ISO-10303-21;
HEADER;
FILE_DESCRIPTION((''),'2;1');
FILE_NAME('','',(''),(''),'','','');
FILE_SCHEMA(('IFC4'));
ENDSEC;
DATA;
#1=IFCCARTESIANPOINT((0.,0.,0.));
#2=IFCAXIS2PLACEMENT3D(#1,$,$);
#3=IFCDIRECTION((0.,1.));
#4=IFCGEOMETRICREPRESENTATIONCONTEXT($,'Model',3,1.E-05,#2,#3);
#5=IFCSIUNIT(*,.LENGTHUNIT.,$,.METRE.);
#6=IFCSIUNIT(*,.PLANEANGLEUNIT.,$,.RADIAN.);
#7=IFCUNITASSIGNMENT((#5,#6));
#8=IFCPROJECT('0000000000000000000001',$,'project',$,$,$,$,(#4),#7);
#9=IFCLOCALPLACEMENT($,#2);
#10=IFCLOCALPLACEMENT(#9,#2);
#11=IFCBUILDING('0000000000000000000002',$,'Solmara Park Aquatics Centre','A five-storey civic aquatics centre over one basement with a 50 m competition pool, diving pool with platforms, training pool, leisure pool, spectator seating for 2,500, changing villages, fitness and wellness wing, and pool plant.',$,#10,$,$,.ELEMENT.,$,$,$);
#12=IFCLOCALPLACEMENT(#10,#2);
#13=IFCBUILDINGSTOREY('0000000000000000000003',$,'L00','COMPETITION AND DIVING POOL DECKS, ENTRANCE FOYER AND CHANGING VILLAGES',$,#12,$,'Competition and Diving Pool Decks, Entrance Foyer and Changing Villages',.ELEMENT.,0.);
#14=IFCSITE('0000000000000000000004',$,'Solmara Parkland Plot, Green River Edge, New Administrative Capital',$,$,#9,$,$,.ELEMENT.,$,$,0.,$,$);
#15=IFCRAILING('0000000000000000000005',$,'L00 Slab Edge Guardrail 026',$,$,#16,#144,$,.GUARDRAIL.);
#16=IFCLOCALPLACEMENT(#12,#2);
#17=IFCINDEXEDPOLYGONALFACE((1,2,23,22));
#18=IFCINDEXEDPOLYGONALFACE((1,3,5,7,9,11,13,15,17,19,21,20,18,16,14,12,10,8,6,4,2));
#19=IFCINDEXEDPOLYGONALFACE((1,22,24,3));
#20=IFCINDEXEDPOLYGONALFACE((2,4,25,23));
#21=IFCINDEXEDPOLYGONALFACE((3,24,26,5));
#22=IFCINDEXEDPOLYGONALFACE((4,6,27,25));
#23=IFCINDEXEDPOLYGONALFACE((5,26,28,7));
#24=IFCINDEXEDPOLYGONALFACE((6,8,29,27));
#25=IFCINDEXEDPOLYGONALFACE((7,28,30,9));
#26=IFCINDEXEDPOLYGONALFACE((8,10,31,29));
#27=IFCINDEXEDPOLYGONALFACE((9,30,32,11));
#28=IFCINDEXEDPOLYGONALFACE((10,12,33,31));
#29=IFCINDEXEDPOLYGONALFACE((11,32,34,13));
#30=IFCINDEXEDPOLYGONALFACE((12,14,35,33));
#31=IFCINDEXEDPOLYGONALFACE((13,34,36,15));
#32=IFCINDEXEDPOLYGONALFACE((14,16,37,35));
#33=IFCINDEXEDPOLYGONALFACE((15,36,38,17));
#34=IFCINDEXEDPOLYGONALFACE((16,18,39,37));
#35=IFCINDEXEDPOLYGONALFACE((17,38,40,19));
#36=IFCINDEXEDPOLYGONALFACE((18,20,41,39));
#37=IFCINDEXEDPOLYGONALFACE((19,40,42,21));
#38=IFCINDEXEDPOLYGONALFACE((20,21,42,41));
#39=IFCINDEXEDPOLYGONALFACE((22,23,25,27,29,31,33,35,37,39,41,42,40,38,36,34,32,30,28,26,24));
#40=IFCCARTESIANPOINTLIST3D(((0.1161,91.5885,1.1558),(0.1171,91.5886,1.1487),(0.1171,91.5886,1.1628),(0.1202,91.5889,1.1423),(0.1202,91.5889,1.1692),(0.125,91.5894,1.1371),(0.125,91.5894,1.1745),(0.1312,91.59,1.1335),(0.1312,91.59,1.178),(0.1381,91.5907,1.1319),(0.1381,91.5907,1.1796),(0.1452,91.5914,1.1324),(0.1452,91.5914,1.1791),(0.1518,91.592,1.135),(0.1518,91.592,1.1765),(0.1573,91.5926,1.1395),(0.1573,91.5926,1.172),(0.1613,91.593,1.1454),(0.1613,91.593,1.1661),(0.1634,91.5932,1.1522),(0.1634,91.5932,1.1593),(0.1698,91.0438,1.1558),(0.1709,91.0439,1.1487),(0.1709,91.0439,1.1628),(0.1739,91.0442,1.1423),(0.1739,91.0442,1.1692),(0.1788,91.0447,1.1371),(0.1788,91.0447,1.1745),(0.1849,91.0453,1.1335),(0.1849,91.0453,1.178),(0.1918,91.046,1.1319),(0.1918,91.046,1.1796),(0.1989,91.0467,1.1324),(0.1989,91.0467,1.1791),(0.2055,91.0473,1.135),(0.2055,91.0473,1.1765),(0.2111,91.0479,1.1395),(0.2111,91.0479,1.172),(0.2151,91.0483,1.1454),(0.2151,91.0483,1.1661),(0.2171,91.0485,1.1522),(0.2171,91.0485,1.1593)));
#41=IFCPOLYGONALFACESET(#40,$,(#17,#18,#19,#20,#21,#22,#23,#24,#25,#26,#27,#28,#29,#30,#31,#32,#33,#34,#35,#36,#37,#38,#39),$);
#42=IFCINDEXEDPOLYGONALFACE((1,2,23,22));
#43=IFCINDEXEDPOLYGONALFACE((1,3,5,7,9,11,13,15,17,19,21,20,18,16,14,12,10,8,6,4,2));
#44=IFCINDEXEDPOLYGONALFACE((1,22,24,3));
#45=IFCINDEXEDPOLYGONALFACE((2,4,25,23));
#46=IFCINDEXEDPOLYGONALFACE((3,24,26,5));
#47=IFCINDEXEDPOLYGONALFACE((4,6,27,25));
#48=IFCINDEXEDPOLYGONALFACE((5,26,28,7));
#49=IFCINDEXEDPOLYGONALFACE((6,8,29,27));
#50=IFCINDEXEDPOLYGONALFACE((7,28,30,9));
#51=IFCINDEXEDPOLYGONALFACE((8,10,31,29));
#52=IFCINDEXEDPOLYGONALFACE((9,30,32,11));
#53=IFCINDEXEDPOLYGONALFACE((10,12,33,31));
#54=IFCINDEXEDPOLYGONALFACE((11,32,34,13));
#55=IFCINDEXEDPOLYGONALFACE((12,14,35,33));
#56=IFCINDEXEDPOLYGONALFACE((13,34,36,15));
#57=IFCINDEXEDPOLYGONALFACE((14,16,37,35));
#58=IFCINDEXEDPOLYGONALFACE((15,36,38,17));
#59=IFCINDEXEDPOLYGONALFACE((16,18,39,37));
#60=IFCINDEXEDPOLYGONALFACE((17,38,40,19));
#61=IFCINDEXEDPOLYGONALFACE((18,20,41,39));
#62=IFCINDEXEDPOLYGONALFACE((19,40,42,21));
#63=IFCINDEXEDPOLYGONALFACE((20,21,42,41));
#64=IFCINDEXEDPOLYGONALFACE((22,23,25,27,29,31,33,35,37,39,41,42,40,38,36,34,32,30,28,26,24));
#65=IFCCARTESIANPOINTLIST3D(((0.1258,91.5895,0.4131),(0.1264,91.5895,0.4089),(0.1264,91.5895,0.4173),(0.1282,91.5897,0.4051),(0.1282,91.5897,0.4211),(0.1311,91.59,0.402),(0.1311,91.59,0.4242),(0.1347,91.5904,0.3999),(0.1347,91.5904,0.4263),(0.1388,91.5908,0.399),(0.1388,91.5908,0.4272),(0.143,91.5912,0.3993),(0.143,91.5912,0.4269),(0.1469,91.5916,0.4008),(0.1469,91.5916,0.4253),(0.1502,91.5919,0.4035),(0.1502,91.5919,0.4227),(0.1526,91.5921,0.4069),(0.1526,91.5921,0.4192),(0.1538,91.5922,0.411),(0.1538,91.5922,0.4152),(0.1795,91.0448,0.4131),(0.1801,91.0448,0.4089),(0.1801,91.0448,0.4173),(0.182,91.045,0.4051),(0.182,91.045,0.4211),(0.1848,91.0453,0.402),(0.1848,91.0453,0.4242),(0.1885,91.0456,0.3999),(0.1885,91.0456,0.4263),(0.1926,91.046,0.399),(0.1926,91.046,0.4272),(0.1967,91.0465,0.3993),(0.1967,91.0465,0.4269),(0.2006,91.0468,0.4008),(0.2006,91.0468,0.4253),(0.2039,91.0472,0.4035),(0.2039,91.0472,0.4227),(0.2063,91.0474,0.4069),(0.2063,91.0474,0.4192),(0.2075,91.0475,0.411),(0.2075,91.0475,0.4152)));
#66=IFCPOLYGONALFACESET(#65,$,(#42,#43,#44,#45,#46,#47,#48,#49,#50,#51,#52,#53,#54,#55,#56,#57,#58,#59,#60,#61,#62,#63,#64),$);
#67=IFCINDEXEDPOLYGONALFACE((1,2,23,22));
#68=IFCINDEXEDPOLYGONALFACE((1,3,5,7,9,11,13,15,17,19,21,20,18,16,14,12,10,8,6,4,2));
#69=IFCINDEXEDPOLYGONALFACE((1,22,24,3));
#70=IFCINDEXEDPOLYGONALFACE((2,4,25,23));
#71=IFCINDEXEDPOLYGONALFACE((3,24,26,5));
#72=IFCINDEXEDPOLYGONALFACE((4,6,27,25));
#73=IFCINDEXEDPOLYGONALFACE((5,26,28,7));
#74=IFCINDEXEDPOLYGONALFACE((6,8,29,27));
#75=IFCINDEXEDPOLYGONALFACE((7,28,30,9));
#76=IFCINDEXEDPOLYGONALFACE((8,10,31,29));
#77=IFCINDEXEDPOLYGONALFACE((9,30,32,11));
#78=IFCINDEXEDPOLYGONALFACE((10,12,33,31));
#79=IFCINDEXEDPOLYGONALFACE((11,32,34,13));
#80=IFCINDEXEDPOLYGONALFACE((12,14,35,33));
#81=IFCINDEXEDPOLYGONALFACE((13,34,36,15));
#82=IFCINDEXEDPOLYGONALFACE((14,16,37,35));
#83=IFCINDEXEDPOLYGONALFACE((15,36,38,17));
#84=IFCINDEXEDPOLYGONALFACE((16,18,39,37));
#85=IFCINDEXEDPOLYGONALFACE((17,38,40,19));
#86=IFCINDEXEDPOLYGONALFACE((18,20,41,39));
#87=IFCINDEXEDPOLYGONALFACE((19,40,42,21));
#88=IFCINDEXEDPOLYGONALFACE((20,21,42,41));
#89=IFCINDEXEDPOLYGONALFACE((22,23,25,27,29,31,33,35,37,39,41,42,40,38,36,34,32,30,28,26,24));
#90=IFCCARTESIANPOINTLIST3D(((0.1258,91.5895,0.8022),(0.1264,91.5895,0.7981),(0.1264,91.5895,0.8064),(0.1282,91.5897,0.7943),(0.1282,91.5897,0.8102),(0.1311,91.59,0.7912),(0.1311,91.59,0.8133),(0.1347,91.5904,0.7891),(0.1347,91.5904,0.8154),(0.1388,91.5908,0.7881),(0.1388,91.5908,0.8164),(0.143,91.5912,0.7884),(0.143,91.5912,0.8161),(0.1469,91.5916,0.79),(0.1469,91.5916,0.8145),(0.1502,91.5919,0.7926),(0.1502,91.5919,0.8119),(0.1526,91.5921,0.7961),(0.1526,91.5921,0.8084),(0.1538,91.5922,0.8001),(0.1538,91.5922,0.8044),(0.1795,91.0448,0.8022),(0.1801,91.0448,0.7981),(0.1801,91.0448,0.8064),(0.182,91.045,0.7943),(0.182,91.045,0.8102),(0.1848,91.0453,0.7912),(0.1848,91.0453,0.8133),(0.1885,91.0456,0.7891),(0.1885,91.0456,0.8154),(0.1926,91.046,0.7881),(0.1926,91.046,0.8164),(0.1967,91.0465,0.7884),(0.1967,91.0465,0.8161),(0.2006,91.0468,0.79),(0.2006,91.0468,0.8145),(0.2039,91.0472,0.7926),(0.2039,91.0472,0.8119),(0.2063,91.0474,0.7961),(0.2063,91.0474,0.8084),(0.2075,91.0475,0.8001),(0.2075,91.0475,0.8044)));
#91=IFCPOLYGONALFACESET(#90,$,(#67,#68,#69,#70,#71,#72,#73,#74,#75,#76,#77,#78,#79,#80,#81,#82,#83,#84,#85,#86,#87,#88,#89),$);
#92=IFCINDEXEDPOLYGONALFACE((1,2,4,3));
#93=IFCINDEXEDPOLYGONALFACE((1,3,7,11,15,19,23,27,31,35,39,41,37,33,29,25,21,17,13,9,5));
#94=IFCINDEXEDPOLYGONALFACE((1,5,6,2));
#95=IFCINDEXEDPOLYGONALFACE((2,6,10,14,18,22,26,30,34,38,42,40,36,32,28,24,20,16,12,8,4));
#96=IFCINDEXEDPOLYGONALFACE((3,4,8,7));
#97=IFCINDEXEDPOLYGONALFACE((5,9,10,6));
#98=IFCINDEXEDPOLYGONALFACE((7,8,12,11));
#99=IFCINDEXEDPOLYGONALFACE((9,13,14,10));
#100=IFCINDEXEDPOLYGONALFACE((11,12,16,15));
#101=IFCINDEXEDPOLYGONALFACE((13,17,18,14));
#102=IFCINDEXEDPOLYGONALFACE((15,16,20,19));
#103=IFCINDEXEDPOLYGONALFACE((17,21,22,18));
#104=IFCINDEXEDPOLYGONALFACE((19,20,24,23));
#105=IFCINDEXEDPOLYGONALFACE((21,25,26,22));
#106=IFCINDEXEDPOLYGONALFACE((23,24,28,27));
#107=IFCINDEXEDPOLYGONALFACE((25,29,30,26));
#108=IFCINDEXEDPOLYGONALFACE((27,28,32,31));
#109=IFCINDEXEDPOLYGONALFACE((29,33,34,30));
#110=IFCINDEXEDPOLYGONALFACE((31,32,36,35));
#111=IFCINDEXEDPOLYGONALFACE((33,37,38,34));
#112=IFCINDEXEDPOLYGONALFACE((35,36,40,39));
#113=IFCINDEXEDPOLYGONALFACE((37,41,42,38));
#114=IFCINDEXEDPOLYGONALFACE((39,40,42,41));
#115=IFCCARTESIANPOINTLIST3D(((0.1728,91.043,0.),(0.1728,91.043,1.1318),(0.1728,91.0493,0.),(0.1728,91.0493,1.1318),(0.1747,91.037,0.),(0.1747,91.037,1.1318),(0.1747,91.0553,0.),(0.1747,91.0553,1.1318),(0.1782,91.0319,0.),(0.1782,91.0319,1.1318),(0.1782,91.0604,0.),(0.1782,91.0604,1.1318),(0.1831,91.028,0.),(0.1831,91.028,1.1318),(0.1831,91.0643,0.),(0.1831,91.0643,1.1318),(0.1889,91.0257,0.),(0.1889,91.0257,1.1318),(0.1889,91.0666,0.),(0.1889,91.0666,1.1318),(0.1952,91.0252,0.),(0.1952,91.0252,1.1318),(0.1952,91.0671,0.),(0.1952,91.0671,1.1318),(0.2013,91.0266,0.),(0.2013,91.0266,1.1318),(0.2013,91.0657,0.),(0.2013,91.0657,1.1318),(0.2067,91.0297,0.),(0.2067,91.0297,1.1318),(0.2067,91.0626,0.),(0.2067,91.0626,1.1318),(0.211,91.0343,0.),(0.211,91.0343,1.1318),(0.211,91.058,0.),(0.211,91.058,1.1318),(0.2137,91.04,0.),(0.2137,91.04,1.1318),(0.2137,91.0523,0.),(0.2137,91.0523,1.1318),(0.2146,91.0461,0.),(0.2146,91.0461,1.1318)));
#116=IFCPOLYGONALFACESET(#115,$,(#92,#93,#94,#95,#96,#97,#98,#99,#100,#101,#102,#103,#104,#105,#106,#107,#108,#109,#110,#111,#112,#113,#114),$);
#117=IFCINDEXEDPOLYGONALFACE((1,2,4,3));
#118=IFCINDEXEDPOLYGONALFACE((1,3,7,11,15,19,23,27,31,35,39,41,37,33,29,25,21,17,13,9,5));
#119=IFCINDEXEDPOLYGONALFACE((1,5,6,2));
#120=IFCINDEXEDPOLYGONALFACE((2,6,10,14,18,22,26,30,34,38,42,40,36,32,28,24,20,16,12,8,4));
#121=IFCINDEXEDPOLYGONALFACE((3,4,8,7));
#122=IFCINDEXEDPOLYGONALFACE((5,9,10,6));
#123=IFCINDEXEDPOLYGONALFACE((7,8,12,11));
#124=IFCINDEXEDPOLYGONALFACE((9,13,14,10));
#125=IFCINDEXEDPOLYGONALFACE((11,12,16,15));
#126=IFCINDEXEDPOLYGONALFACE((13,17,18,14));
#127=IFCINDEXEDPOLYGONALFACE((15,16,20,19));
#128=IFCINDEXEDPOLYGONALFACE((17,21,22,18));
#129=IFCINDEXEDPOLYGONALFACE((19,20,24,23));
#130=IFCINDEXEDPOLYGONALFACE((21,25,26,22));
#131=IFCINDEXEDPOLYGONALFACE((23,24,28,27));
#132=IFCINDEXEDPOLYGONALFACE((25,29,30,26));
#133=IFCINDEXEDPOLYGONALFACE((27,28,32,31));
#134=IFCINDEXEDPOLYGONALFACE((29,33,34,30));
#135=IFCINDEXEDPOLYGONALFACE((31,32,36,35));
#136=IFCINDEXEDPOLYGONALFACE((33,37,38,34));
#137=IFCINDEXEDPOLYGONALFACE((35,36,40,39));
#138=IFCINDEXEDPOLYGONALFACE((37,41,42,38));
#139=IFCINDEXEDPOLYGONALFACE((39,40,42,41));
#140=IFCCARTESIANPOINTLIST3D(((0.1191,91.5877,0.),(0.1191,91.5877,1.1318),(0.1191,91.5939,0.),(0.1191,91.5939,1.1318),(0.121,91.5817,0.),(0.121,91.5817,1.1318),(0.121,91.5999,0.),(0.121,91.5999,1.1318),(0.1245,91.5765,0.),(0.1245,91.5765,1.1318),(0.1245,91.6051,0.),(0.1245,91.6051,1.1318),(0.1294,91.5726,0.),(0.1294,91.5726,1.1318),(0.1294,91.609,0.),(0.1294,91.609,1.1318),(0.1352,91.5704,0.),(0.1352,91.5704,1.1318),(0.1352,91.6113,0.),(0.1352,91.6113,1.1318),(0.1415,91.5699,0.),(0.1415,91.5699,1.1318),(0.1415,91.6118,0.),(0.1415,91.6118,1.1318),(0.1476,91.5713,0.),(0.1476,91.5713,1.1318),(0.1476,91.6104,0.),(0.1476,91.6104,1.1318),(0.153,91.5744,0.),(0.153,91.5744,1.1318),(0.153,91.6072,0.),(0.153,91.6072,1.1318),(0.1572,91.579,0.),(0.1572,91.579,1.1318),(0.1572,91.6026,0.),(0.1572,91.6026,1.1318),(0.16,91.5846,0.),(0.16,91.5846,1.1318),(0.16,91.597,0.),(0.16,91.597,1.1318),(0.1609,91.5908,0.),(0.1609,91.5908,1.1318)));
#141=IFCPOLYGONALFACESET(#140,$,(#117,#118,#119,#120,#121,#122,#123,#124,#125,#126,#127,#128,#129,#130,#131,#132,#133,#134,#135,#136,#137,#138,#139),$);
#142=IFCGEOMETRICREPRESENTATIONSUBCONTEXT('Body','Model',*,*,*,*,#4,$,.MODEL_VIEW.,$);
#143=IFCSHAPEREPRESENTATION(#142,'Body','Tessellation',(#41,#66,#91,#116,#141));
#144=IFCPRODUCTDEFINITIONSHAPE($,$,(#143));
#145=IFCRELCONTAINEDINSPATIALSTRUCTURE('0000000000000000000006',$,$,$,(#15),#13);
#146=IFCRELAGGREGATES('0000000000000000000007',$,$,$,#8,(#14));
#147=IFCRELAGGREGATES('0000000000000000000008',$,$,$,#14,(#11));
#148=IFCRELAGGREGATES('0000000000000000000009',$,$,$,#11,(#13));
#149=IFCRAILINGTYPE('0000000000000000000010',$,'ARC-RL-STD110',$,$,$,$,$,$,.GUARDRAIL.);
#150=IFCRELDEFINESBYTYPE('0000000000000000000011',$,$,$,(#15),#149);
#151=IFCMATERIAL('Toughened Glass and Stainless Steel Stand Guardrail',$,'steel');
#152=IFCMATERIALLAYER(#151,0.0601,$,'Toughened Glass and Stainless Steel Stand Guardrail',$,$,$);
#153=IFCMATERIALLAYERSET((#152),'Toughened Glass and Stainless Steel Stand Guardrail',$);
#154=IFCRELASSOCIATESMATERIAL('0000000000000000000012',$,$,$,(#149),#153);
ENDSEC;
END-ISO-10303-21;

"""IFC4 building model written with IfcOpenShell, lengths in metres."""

from ifc_helpers import new_model, si_unit, direction, frame, origin, origin_2d, place, context, subcontext, project, spatial, circle, extrude, material, layer, layer_set, type_object, element, save


model = new_model("IFC4")

# Units and contexts
model_context = context("Model", 3, precision=1e-05, world=origin(), true_north=direction((0.0, 1.0)))
body_context = subcontext(model_context, "Body", "Model", "MODEL_VIEW")
ifc_project = project(units=[si_unit("LENGTHUNIT", "METRE"), si_unit("PLANEANGLEUNIT", "RADIAN")], contexts=[model_context])

# Site, building, storey
site_placement = place(None, origin())
site = spatial("IfcSite", under=ifc_project, at=site_placement, Name="Solmara Parkland Plot, Green River Edge, New Administrative Capital", CompositionType="ELEMENT", RefElevation=0.0)
building_placement = place(site_placement, origin())
building = spatial("IfcBuilding", under=site, at=building_placement, Name="Solmara Park Aquatics Centre", Description="A five-storey civic aquatics centre over one basement with a 50 m competition pool, diving pool with platforms, training pool, leisure pool, spectator seating for 2,500, changing villages, fitness and wellness wing, and pool plant.", CompositionType="ELEMENT")
storey_placement = place(building_placement, origin())
storey = spatial("IfcBuildingStorey", under=building, at=storey_placement, Name="L00", Description="COMPETITION AND DIVING POOL DECKS, ENTRANCE FOYER AND CHANGING VILLAGES", LongName="Competition and Diving Pool Decks, Entrance Foyer and Changing Villages", CompositionType="ELEMENT", Elevation=0.0)

# Railing
ifc_material_1 = material(Name="Toughened Glass and Stainless Steel Stand Guardrail", Category="steel")
ifc_layer_1 = layer(ifc_material_1, 0.0601, Name="Toughened Glass and Stainless Steel Stand Guardrail")
ifc_layer_set_1 = layer_set([ifc_layer_1], Name="Toughened Glass and Stainless Steel Stand Guardrail")
railing_type_1 = type_object("IfcRailingType", Name="ARC-RL-STD110", PredefinedType="GUARDRAIL", material=ifc_layer_set_1)
railing_1_placement = place(storey_placement, frame((0.1936, 91.0461, 0.0)))
element("IfcRailing", 1, at=railing_1_placement, inside=storey, type_object=railing_type_1, Name="L00 Slab Edge Guardrail 026", PredefinedType="GUARDRAIL", context=body_context, shape_type="SweptSolid", body=[
    extrude(circle(Radius=0.0239, at=origin_2d()), frame((0.0, 0.0, 1.1558), z_axis=(-0.098135, 0.995173, 0.0), x_axis=(-0.995173, -0.098135, 0.0)), (0.0, 0.0, 1.0), 0.5474),
    extrude(circle(Radius=0.0142, at=origin_2d()), frame((0.0, 0.0, 0.4131), z_axis=(-0.098135, 0.995173, 0.0), x_axis=(-0.995173, -0.098135, 0.0)), (0.0, 0.0, 1.0), 0.5474),
    extrude(circle(Radius=0.0142, at=origin_2d()), frame((0.0, 0.0, 0.8022), z_axis=(-0.098135, 0.995173, 0.0), x_axis=(-0.995173, -0.098135, 0.0)), (0.0, 0.0, 1.0), 0.5474),
    extrude(circle(Radius=0.021, at=origin_2d()), origin(), (0.0, 0.0, 1.0), 1.1318),
    extrude(circle(Radius=0.021, at=origin_2d()), frame((-0.0537, 0.5447, 0.0)), (0.0, 0.0, 1.0), 1.1318),
])

save(model, "model.ifc")
